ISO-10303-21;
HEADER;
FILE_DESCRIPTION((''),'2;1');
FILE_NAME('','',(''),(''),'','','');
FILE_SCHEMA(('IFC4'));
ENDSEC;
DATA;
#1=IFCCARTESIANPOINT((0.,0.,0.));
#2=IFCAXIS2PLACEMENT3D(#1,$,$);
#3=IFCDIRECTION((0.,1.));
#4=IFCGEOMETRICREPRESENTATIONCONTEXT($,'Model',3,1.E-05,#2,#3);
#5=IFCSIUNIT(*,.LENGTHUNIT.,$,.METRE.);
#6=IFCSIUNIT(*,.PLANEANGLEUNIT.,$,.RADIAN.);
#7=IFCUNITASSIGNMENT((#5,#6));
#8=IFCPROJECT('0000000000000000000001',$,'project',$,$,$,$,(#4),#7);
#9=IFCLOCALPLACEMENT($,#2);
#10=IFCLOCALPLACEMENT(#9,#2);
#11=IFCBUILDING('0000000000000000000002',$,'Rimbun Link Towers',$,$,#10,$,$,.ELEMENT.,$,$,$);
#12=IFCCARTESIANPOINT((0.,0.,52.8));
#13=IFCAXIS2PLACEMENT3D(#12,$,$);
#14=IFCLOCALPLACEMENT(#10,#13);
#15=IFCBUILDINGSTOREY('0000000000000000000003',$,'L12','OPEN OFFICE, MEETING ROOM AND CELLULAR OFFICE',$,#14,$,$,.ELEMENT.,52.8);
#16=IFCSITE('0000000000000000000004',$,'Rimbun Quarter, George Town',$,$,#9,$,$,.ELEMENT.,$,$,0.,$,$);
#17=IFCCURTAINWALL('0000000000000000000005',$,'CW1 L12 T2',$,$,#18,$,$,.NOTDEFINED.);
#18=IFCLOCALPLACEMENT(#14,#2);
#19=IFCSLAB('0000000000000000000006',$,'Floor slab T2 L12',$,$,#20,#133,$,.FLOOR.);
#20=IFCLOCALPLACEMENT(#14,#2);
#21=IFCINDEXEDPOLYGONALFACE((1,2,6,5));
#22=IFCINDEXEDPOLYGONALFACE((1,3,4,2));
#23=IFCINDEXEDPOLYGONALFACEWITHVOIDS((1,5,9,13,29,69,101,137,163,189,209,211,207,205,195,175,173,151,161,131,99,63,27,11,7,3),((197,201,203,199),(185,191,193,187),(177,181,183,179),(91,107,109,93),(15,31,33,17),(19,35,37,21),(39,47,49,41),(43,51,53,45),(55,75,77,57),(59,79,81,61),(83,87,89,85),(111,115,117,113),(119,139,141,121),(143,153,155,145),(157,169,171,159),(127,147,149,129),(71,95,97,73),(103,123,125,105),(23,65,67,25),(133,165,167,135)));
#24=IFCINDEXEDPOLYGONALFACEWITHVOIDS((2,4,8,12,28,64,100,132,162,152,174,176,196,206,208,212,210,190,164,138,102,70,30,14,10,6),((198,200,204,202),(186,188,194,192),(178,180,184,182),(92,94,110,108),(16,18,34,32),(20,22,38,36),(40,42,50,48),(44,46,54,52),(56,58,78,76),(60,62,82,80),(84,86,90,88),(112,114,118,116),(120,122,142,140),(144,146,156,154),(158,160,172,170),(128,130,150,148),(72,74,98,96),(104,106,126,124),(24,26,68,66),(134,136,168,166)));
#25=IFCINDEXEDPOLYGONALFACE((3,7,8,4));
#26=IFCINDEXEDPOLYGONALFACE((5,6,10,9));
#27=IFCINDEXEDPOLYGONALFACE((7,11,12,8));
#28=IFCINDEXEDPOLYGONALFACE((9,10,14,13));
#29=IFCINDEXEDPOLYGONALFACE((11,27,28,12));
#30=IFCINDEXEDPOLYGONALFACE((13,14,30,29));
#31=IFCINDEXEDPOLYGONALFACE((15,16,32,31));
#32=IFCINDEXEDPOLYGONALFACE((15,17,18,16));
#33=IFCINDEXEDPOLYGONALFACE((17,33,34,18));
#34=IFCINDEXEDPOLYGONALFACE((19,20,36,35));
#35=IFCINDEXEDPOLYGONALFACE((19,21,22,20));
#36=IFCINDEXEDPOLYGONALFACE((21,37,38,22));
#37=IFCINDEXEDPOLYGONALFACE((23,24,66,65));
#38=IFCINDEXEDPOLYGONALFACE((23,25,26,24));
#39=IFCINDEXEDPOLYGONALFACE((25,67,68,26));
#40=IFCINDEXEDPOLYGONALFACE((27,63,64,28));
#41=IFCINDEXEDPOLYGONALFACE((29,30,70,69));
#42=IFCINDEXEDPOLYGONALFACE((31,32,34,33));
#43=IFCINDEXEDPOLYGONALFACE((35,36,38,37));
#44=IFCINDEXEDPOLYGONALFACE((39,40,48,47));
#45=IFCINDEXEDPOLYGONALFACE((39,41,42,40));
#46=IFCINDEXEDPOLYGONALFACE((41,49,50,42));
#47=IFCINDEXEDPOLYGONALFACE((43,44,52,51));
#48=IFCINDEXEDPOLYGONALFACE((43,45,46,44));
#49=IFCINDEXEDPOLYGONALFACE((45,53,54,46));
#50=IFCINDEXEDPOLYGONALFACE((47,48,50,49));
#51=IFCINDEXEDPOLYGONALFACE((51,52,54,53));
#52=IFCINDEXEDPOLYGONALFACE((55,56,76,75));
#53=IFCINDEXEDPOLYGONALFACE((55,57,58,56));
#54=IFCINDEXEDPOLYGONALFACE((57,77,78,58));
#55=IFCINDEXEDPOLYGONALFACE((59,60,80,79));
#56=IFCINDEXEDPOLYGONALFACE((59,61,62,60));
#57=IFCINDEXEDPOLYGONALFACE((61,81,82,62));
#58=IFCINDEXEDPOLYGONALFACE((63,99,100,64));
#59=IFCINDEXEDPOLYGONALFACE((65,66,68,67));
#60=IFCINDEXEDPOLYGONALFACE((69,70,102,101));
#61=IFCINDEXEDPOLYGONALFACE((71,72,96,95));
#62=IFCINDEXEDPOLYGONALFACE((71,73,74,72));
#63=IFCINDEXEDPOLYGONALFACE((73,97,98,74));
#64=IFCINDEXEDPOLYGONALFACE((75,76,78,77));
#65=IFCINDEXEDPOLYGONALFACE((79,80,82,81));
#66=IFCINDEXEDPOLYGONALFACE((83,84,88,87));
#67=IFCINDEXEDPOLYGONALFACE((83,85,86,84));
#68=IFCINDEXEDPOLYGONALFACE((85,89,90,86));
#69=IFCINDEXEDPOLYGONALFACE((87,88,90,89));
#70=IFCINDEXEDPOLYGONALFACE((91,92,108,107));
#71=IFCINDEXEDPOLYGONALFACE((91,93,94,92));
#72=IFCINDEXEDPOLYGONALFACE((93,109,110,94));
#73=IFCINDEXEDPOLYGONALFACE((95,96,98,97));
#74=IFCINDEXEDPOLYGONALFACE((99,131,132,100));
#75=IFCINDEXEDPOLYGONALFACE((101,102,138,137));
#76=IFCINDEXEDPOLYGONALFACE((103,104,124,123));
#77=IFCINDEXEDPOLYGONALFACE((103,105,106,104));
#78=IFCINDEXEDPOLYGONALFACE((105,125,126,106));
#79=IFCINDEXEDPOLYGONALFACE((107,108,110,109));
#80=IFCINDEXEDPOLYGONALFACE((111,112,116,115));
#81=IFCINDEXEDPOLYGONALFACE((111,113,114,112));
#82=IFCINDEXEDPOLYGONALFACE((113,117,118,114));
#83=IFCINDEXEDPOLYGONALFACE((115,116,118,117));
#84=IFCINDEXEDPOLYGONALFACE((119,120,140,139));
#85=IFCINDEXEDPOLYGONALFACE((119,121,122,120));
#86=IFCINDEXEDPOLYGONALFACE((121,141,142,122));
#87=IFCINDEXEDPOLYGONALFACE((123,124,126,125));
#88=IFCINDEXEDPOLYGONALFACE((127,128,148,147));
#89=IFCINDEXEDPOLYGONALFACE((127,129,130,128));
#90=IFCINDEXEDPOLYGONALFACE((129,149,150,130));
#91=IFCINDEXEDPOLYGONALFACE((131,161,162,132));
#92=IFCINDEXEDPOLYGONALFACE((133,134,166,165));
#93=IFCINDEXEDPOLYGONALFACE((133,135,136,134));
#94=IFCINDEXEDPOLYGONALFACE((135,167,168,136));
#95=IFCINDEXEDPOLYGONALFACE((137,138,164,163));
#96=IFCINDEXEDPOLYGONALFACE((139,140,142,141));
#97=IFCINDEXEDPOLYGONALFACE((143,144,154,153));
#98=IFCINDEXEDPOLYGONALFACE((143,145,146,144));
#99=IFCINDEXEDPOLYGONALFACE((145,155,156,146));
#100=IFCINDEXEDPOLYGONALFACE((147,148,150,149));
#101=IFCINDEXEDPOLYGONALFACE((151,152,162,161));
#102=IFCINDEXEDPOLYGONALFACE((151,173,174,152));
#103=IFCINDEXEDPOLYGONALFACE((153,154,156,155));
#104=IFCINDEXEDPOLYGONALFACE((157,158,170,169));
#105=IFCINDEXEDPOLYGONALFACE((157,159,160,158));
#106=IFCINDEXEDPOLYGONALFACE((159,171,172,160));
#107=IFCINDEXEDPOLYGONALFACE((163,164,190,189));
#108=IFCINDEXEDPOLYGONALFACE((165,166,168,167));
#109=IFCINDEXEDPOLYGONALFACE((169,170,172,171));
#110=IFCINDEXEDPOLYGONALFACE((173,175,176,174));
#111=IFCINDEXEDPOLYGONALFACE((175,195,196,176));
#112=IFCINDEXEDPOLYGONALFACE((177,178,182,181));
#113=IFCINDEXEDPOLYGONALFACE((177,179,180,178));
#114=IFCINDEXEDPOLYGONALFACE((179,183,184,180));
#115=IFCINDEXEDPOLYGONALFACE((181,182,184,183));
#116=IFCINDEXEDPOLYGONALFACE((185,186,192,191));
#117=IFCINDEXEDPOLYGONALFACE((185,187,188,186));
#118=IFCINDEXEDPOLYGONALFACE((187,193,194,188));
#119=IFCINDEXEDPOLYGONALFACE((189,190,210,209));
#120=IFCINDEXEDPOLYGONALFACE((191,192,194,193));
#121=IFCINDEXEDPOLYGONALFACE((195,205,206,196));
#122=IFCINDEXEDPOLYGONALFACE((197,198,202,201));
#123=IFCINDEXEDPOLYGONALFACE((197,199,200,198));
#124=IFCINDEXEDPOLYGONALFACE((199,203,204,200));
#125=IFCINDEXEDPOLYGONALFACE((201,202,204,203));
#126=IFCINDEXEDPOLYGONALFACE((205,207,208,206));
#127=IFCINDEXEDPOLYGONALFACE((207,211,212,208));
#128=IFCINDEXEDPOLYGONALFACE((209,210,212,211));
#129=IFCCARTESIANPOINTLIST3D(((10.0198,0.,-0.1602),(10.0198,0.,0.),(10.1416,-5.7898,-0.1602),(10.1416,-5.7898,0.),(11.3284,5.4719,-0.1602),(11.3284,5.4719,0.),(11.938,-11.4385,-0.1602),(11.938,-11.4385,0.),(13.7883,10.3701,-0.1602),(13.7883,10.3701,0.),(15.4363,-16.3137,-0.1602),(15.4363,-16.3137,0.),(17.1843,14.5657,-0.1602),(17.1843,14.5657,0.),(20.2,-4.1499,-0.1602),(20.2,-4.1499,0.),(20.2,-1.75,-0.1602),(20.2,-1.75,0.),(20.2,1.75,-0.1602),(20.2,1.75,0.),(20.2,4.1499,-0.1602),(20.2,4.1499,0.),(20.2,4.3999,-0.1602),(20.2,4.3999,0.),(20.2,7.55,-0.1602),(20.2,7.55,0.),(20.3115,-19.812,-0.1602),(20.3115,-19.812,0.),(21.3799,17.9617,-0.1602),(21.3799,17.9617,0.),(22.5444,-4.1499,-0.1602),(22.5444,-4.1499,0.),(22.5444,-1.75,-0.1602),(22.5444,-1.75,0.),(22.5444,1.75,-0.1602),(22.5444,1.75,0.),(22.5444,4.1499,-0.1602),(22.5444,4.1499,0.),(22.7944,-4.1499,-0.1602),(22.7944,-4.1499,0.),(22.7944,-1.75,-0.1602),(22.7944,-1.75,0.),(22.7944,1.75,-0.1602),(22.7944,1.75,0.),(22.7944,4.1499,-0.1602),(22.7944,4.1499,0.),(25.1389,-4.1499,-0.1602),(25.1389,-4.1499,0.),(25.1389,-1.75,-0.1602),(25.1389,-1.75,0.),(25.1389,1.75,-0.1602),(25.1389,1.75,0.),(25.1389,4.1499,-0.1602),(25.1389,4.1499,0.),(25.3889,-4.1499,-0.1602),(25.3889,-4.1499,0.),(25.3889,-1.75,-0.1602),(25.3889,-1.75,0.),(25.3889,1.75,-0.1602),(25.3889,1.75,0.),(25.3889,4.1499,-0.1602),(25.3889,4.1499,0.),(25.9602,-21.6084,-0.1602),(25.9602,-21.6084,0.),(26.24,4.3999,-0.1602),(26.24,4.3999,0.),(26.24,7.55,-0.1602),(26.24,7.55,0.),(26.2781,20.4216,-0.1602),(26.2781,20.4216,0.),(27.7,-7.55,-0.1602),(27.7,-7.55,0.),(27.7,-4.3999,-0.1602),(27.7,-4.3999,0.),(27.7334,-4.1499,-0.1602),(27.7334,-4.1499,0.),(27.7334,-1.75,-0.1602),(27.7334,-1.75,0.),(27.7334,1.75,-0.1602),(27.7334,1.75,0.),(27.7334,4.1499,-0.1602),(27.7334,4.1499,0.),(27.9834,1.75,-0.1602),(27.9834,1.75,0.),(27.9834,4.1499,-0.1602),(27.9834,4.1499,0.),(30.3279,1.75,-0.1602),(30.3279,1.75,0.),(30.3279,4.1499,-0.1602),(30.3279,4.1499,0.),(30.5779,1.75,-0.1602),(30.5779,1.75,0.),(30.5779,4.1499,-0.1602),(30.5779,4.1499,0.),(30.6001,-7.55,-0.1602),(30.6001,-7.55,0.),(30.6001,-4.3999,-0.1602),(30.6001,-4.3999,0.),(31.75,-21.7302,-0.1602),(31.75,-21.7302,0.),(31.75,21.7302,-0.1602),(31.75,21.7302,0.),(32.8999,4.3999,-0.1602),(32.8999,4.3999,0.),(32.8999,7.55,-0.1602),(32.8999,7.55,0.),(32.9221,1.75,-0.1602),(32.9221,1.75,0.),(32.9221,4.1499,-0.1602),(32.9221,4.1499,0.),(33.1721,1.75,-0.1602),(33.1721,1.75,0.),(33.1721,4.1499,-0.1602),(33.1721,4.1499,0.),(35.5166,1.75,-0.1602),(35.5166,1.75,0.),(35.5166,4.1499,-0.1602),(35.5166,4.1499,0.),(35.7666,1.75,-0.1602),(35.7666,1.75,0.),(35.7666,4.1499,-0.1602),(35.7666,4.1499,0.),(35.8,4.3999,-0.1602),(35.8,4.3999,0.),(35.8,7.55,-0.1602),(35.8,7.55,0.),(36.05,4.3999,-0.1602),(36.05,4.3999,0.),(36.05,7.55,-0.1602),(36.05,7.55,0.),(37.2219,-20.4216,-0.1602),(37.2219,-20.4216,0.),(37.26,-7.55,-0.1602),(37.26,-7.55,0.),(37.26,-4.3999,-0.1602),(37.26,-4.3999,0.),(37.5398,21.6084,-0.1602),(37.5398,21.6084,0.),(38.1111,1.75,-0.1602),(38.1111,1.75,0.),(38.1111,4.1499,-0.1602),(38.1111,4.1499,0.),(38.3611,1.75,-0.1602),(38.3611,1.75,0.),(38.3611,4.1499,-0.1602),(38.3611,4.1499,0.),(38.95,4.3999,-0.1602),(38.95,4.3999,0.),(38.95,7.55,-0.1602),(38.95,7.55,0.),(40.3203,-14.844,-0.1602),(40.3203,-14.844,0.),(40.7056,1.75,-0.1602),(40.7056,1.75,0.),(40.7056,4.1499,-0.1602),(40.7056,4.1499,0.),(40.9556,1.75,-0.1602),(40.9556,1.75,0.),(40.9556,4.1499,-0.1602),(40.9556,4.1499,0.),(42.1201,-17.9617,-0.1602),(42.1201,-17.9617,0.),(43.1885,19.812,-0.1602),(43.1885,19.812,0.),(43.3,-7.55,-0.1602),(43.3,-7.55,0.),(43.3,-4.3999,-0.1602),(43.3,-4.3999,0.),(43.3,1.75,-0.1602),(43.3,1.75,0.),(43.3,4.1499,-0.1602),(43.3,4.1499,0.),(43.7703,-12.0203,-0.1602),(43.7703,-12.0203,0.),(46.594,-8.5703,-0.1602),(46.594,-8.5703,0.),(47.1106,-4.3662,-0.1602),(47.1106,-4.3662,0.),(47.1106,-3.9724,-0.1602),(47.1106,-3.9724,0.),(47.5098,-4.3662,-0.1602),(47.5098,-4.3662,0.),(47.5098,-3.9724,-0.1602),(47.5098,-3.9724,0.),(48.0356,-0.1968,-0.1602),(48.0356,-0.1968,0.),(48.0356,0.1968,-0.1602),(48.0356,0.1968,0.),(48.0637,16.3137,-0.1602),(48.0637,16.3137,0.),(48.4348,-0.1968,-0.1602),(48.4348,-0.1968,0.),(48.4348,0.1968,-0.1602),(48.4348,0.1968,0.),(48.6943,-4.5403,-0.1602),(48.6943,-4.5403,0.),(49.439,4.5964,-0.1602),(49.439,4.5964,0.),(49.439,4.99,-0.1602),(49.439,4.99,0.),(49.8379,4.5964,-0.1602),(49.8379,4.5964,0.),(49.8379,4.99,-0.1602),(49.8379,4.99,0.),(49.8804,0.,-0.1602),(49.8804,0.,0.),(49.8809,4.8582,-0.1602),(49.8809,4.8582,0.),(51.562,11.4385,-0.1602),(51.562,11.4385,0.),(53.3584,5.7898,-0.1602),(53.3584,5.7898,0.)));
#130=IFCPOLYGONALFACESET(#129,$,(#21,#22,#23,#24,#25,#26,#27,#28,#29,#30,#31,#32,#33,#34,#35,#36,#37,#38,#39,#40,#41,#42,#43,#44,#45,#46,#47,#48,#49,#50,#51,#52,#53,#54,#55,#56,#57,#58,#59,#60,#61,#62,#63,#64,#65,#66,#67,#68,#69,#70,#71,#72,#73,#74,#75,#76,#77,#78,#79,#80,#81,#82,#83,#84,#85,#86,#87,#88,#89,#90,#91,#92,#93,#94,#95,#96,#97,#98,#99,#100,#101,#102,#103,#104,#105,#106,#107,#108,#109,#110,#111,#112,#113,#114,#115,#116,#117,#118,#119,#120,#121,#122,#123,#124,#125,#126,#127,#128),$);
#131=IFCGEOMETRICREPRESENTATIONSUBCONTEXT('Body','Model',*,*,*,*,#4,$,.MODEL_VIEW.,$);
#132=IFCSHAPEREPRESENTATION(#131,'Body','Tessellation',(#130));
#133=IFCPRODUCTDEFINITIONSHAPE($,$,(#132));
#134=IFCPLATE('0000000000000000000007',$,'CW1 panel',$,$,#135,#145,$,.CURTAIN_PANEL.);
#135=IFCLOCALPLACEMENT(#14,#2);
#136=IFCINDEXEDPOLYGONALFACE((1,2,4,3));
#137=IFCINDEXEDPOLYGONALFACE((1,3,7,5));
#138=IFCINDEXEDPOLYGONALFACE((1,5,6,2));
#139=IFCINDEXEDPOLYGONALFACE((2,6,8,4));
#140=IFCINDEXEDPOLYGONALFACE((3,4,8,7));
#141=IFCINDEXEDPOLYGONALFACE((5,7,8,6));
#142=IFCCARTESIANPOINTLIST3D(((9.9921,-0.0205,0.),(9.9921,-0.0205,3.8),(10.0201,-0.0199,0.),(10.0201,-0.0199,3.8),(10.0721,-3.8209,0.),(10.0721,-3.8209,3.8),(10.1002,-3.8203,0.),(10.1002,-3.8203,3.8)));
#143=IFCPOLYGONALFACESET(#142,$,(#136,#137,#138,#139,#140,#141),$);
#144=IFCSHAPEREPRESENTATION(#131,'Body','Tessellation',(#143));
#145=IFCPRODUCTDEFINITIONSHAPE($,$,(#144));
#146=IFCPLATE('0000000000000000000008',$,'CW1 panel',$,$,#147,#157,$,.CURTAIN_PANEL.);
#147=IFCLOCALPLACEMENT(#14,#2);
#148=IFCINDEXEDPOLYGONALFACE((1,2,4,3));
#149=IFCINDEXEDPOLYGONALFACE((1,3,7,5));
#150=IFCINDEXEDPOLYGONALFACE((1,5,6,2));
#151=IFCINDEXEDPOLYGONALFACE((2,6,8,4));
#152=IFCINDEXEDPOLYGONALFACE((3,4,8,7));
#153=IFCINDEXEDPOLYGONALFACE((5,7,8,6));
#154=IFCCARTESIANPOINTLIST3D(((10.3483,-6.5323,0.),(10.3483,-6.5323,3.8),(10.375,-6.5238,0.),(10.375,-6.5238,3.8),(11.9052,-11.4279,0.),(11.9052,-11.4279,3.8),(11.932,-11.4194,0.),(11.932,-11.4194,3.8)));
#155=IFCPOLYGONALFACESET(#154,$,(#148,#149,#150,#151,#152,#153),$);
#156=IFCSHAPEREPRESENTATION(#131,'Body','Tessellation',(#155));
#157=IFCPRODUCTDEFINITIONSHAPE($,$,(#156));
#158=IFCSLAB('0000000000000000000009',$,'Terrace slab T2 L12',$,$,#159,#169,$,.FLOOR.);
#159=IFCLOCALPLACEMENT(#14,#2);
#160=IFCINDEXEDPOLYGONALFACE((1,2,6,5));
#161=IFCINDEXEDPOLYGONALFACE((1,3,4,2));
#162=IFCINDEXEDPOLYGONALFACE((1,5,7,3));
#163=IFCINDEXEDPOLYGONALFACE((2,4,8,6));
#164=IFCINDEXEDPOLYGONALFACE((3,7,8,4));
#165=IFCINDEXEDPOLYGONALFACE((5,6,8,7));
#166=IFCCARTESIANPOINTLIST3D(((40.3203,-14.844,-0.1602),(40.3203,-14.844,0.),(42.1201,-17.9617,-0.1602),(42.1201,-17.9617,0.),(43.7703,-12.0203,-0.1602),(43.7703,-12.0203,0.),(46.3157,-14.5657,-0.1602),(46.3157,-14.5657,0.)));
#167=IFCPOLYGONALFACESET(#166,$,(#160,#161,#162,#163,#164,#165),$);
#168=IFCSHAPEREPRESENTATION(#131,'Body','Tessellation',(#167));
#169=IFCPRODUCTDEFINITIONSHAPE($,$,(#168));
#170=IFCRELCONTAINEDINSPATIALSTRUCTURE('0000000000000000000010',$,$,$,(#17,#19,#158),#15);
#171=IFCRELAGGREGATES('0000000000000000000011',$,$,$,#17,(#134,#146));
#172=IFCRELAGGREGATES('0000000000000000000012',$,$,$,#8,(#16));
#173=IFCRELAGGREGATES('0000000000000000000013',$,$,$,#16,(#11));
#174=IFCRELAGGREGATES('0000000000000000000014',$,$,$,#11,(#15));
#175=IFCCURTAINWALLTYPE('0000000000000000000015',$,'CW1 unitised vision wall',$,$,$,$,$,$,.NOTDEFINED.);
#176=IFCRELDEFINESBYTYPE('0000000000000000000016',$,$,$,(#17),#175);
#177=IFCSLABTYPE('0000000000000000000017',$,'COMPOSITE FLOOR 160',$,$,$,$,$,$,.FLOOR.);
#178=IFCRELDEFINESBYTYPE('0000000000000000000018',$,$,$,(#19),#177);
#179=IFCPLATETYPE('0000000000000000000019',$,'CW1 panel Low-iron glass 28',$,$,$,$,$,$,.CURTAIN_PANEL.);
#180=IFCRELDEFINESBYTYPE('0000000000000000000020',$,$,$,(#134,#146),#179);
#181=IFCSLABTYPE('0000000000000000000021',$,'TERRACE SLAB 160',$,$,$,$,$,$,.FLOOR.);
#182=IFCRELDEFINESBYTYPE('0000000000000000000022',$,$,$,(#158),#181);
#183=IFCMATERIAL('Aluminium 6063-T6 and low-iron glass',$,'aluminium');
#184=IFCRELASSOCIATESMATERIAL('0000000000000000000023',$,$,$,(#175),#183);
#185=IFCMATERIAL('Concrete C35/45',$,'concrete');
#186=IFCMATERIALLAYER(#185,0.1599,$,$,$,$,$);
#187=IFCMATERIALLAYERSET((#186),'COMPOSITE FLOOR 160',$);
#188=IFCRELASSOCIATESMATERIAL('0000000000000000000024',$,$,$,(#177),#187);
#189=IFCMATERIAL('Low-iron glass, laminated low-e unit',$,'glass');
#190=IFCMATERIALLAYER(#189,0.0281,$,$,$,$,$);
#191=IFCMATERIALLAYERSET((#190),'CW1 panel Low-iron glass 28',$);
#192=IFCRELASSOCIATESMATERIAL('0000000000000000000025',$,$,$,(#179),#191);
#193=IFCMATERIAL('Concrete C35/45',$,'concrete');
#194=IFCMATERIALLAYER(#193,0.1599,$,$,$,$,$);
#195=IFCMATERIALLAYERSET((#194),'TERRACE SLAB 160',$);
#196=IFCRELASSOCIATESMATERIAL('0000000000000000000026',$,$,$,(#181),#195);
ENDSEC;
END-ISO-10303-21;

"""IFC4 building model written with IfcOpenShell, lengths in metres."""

from ifc_helpers import new_model, si_unit, direction, frame, origin, origin_2d, place, context, subcontext, project, spatial, polyline, rectangle, outline, extrude, material, layer, layer_set, type_object, element, aggregate, save


model = new_model("IFC4")

# Units and contexts
model_context = context("Model", 3, precision=1e-05, world=origin(), true_north=direction((0.0, 1.0)))
body_context = subcontext(model_context, "Body", "Model", "MODEL_VIEW")
ifc_project = project(units=[si_unit("LENGTHUNIT", "METRE"), si_unit("PLANEANGLEUNIT", "RADIAN")], contexts=[model_context])

# Site, building, storey
site_placement = place(None, origin())
site = spatial("IfcSite", under=ifc_project, at=site_placement, Name="Rimbun Quarter, George Town", CompositionType="ELEMENT", RefElevation=0.0)
building_placement = place(site_placement, origin())
building = spatial("IfcBuilding", under=site, at=building_placement, Name="Rimbun Link Towers", CompositionType="ELEMENT")
storey_placement = place(building_placement, frame((0.0, 0.0, 52.8)))
storey = spatial("IfcBuildingStorey", under=building, at=storey_placement, Name="L12", Description="OPEN OFFICE, MEETING ROOM AND CELLULAR OFFICE", CompositionType="ELEMENT", Elevation=52.8)

# Curtain wall
ifc_material_1 = material(Name="Aluminium 6063-T6 and low-iron glass", Category="aluminium")
curtain_wall_type = type_object("IfcCurtainWallType", Name="CW1 unitised vision wall", PredefinedType="NOTDEFINED", material=ifc_material_1)
curtain_wall_placement = place(storey_placement, origin())
curtain_wall = element("IfcCurtainWall", 1, at=curtain_wall_placement, inside=storey, type_object=curtain_wall_type, Name="CW1 L12 T2", PredefinedType="NOTDEFINED")

# Slab
ifc_material_2 = material(Name="Concrete C35/45", Category="concrete")
ifc_layer_1 = layer(ifc_material_2, 0.1599)
ifc_layer_set_1 = layer_set([ifc_layer_1], Name="COMPOSITE FLOOR 160")
slab_type_1 = type_object("IfcSlabType", Name="COMPOSITE FLOOR 160", PredefinedType="FLOOR", material=ifc_layer_set_1)
slab_1_placement = place(storey_placement, frame((0.0, 0.0, -0.1602)))
element("IfcSlab", 2, at=slab_1_placement, inside=storey, type_object=slab_type_1, Name="Floor slab T2 L12", PredefinedType="FLOOR", context=body_context, shape_type="SweptSolid", body=[
    extrude(outline(polyline([(37.2219, -20.4216), (31.75, -21.7302), (25.9602, -21.6084), (20.3115, -19.812), (15.4363, -16.3137), (11.938, -11.4385), (10.1416, -5.7898), (10.0198, 0.0), (11.3284, 5.4719), (13.7883, 10.3701), (17.1843, 14.5657), (21.3799, 17.9617), (26.2781, 20.4216), (31.75, 21.7302), (37.5398, 21.6084), (43.1885, 19.812), (48.0637, 16.3137), (51.562, 11.4385), (53.3584, 5.7898), (49.8809, 4.8582), (49.8804, 0.0), (48.6943, -4.5403), (46.594, -8.5703), (43.7703, -12.0203), (40.3203, -14.844), (42.1201, -17.9617), (37.2219, -20.4216)]), holes=[polyline([(30.6001, -7.55), (30.6001, -4.3999), (27.7, -4.3999), (27.7, -7.55), (30.6001, -7.55)]), polyline([(22.5444, -4.1499), (22.5444, -1.75), (20.2, -1.75), (20.2, -4.1499), (22.5444, -4.1499)]), polyline([(25.1389, -4.1499), (25.1389, -1.75), (22.7944, -1.75), (22.7944, -4.1499), (25.1389, -4.1499)]), polyline([(25.3889, -4.1499), (27.7334, -4.1499), (27.7334, -1.75), (25.3889, -1.75), (25.3889, -4.1499)]), polyline([(20.2, 1.75), (22.5444, 1.75), (22.5444, 4.1499), (20.2, 4.1499), (20.2, 1.75)]), polyline([(25.1389, 1.75), (25.1389, 4.1499), (22.7944, 4.1499), (22.7944, 1.75), (25.1389, 1.75)]), polyline([(27.7334, 1.75), (27.7334, 4.1499), (25.3889, 4.1499), (25.3889, 1.75), (27.7334, 1.75)]), polyline([(30.3279, 1.75), (30.3279, 4.1499), (27.9834, 4.1499), (27.9834, 1.75), (30.3279, 1.75)]), polyline([(30.5779, 1.75), (32.9221, 1.75), (32.9221, 4.1499), (30.5779, 4.1499), (30.5779, 1.75)]), polyline([(20.2, 4.3999), (26.24, 4.3999), (26.24, 7.55), (20.2, 7.55), (20.2, 4.3999)]), polyline([(43.3, -7.55), (43.3, -4.3999), (37.26, -4.3999), (37.26, -7.55), (43.3, -7.55)]), polyline([(47.5098, -4.3662), (47.5098, -3.9724), (47.1106, -3.9724), (47.1106, -4.3662), (47.5098, -4.3662)]), polyline([(48.4348, -0.1968), (48.4348, 0.1968), (48.0356, 0.1968), (48.0356, -0.1968), (48.4348, -0.1968)]), polyline([(33.1721, 1.75), (35.5166, 1.75), (35.5166, 4.1499), (33.1721, 4.1499), (33.1721, 1.75)]), polyline([(35.7666, 1.75), (38.1111, 1.75), (38.1111, 4.1499), (35.7666, 4.1499), (35.7666, 1.75)]), polyline([(40.7056, 1.75), (40.7056, 4.1499), (38.3611, 4.1499), (38.3611, 1.75), (40.7056, 1.75)]), polyline([(43.3, 1.75), (43.3, 4.1499), (40.9556, 4.1499), (40.9556, 1.75), (43.3, 1.75)]), polyline([(49.8379, 4.5964), (49.8379, 4.99), (49.439, 4.99), (49.439, 4.5964), (49.8379, 4.5964)]), polyline([(32.8999, 4.3999), (35.8, 4.3999), (35.8, 7.55), (32.8999, 7.55), (32.8999, 4.3999)]), polyline([(36.05, 4.3999), (38.95, 4.3999), (38.95, 7.55), (36.05, 7.55), (36.05, 4.3999)])]), origin(), (0.0, 0.0, 1.0), 0.1602),
])

# Plates
ifc_material_3 = material(Name="Low-iron glass, laminated low-e unit", Category="glass")
ifc_layer_2 = layer(ifc_material_3, 0.0281)
ifc_layer_set_2 = layer_set([ifc_layer_2], Name="CW1 panel Low-iron glass 28")
plate_type = type_object("IfcPlateType", Name="CW1 panel Low-iron glass 28", PredefinedType="CURTAIN_PANEL", material=ifc_layer_set_2)
plate_1_placement = place(storey_placement, frame((10.0461, -1.9204, 0.0), z_axis=(0.0, 0.0, 1.0), x_axis=(-0.021066, 0.999778, 0.0)))
plate_1 = element("IfcPlate", 3, at=plate_1_placement, type_object=plate_type, Name="CW1 panel", PredefinedType="CURTAIN_PANEL", context=body_context, shape_type="SweptSolid", body=[
    extrude(rectangle(XDim=3.8013, YDim=0.0281, at=origin_2d()), origin(), (0.0, 0.0, 1.0), 3.8),
])
plate_2_placement = place(storey_placement, frame((11.1401, -8.9758, 0.0), z_axis=(0.0, 0.0, 1.0), x_axis=(-0.303073, 0.952967, 0.0)))
plate_2 = element("IfcPlate", 4, at=plate_2_placement, type_object=plate_type, Name="CW1 panel", PredefinedType="CURTAIN_PANEL", context=body_context, shape_type="SweptSolid", body=[
    extrude(rectangle(XDim=5.1372, YDim=0.0281, at=origin_2d()), origin(), (0.0, 0.0, 1.0), 3.8),
])
aggregate(curtain_wall, [plate_1, plate_2])

# Slab
ifc_material_4 = material(Name="Concrete C35/45", Category="concrete")
ifc_layer_3 = layer(ifc_material_4, 0.1599)
ifc_layer_set_3 = layer_set([ifc_layer_3], Name="TERRACE SLAB 160")
slab_type_2 = type_object("IfcSlabType", Name="TERRACE SLAB 160", PredefinedType="FLOOR", material=ifc_layer_set_3)
slab_2_placement = place(storey_placement, frame((0.0, 0.0, -0.1602)))
element("IfcSlab", 5, at=slab_2_placement, inside=storey, type_object=slab_type_2, Name="Terrace slab T2 L12", PredefinedType="FLOOR", context=body_context, shape_type="SweptSolid", body=[
    extrude(outline(polyline([(40.3203, -14.844), (43.7703, -12.0203), (46.3157, -14.5657), (42.1201, -17.9617), (40.3203, -14.844)])), origin(), (0.0, 0.0, 1.0), 0.1602),
])

save(model, "model.ifc")
